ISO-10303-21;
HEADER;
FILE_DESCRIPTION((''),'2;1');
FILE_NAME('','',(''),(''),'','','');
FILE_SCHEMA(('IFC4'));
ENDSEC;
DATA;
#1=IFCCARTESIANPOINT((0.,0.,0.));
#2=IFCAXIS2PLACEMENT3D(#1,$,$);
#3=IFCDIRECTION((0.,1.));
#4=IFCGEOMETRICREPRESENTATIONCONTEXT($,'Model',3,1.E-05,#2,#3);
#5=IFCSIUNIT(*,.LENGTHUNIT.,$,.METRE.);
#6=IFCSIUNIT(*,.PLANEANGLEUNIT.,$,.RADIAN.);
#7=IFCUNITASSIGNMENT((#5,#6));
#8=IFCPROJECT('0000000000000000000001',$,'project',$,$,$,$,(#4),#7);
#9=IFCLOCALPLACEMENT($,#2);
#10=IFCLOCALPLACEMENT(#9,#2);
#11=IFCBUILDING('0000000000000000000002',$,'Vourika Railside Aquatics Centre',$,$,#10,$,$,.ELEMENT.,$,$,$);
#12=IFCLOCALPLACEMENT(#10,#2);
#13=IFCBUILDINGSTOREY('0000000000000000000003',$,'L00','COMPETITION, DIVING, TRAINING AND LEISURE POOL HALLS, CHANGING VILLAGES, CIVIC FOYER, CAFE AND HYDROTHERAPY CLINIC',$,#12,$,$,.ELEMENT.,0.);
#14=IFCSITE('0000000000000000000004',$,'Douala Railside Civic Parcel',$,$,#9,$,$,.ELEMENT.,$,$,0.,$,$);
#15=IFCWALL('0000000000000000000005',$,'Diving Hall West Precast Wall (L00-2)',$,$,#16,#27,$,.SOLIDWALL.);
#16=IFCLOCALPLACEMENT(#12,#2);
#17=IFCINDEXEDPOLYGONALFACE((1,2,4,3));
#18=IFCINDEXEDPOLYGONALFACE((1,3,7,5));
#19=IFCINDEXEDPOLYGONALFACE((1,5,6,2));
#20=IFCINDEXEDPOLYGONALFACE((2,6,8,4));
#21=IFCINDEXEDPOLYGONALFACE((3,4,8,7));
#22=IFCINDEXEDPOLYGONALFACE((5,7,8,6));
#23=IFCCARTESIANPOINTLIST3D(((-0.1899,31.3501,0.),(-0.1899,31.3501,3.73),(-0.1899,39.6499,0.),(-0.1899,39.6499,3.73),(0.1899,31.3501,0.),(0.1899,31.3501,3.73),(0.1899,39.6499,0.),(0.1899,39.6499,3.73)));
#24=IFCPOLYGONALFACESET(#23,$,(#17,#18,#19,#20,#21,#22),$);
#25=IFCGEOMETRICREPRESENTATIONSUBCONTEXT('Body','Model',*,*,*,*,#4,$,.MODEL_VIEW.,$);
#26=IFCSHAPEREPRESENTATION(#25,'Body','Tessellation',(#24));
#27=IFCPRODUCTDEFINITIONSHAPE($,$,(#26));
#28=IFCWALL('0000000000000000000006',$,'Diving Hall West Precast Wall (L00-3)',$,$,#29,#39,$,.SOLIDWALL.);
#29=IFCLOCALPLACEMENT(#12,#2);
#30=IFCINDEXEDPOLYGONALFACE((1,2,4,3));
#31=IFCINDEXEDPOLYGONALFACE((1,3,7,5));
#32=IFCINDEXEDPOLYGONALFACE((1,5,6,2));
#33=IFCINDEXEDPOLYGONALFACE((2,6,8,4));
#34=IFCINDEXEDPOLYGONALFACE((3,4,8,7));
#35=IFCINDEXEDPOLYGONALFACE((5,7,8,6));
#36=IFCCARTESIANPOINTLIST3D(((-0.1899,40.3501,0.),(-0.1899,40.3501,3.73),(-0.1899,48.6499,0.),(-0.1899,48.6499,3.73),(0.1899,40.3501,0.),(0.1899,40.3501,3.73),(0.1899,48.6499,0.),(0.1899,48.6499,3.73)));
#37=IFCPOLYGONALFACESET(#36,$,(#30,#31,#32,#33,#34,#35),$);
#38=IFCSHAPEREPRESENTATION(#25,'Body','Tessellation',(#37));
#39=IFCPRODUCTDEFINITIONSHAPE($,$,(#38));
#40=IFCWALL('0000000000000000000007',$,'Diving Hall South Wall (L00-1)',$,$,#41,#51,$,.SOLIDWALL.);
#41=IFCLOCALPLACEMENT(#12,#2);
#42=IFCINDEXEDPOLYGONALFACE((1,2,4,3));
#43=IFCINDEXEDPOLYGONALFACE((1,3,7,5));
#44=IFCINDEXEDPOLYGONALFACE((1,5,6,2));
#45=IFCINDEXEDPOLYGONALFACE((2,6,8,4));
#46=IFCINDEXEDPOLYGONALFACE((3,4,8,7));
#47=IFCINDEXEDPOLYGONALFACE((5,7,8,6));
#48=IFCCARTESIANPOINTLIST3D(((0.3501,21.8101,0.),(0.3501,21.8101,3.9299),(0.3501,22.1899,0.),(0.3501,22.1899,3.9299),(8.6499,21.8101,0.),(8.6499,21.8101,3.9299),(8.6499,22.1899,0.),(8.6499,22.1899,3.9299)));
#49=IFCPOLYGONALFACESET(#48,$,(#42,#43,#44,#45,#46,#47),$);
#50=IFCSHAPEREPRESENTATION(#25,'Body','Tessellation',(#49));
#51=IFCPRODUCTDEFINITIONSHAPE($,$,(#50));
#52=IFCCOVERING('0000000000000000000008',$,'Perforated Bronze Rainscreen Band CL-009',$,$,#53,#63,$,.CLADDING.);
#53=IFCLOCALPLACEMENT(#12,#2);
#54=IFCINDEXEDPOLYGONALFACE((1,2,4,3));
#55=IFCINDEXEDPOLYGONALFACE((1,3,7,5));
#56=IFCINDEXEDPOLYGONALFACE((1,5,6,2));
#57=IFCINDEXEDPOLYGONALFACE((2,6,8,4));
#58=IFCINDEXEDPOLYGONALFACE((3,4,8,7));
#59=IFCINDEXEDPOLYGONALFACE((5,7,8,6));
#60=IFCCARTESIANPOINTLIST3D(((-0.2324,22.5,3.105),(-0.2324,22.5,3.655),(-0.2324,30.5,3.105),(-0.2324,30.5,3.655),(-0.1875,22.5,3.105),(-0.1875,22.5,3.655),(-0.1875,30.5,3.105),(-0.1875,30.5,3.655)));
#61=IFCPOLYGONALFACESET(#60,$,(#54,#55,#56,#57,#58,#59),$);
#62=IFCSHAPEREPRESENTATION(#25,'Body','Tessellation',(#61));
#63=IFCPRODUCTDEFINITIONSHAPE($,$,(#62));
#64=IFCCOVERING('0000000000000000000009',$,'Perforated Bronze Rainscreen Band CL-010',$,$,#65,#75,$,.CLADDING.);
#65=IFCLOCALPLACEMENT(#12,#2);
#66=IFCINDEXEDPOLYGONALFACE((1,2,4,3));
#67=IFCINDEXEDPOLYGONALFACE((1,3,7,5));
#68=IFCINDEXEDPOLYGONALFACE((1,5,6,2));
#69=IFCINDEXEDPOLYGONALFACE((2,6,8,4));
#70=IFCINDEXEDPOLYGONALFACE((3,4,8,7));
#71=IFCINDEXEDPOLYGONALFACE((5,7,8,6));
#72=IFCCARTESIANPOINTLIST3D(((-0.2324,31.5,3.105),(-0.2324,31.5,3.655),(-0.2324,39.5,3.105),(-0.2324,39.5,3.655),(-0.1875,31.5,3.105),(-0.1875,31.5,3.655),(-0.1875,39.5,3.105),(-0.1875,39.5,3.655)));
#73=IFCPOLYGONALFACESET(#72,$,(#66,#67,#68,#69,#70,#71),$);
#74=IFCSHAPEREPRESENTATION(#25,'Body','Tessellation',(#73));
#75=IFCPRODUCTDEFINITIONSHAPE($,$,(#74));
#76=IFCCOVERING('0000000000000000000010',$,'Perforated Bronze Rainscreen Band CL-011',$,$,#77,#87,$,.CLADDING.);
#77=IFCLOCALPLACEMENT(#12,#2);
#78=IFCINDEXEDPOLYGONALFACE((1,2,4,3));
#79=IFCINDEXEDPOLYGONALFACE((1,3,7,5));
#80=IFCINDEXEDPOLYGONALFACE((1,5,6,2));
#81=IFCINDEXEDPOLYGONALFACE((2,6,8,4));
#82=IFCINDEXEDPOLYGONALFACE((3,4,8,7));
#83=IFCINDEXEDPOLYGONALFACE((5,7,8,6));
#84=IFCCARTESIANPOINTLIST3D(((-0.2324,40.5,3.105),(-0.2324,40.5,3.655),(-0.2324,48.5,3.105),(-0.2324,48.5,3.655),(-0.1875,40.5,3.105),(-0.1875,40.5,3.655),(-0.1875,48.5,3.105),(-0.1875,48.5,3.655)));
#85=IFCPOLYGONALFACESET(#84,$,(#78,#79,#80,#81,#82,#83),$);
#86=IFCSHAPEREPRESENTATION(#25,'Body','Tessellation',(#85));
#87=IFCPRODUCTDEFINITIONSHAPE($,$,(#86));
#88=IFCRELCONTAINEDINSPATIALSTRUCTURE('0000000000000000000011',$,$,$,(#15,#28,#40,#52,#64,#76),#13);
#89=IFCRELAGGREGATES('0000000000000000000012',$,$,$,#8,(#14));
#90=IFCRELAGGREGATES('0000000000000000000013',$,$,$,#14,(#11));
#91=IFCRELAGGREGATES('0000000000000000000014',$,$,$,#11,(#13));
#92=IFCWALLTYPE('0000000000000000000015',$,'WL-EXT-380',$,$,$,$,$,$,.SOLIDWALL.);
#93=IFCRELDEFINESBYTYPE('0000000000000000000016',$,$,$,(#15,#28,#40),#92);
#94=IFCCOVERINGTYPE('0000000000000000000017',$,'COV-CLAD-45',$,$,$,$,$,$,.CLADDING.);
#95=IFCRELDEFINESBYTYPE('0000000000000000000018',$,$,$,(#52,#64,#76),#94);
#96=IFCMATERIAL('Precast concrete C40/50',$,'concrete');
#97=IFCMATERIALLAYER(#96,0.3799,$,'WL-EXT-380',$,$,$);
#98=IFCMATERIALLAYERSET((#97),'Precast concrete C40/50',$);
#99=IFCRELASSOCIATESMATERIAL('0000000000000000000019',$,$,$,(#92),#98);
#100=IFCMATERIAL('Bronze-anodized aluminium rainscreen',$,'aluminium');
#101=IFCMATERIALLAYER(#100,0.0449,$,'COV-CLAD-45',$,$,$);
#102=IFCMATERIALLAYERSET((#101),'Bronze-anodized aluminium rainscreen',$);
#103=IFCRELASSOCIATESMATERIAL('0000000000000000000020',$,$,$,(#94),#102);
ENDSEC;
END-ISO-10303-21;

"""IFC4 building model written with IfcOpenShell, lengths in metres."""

from ifc_helpers import new_model, si_unit, direction, frame, frame_2d, origin, origin_2d, place, context, subcontext, project, spatial, rectangle, extrude, material, layer, layer_set, type_object, element, save


model = new_model("IFC4")

# Units and contexts
model_context = context("Model", 3, precision=1e-05, world=origin(), true_north=direction((0.0, 1.0)))
body_context = subcontext(model_context, "Body", "Model", "MODEL_VIEW")
ifc_project = project(units=[si_unit("LENGTHUNIT", "METRE"), si_unit("PLANEANGLEUNIT", "RADIAN")], contexts=[model_context])

# Site, building, storey
site_placement = place(None, origin())
site = spatial("IfcSite", under=ifc_project, at=site_placement, Name="Douala Railside Civic Parcel", CompositionType="ELEMENT", RefElevation=0.0)
building_placement = place(site_placement, origin())
building = spatial("IfcBuilding", under=site, at=building_placement, Name="Vourika Railside Aquatics Centre", CompositionType="ELEMENT")
storey_placement = place(building_placement, origin())
storey = spatial("IfcBuildingStorey", under=building, at=storey_placement, Name="L00", Description="COMPETITION, DIVING, TRAINING AND LEISURE POOL HALLS, CHANGING VILLAGES, CIVIC FOYER, CAFE AND HYDROTHERAPY CLINIC", CompositionType="ELEMENT", Elevation=0.0)

# Walls
ifc_material_1 = material(Name="Precast concrete C40/50", Category="concrete")
ifc_layer_1 = layer(ifc_material_1, 0.3799, Name="WL-EXT-380")
ifc_layer_set_1 = layer_set([ifc_layer_1], Name="Precast concrete C40/50")
wall_type_1 = type_object("IfcWallType", Name="WL-EXT-380", PredefinedType="SOLIDWALL", material=ifc_layer_set_1)
for number, where, z_axis, x_axis, name in (
    (1, (0.0, 39.6499, 0.0), (0.0, 0.0, 1.0), (0.0, -1.0, 0.0), "Diving Hall West Precast Wall (L00-2)"),
    (2, (0.0, 48.6499, 0.0), (0.0, 0.0, 1.0), (0.0, -1.0, 0.0), "Diving Hall West Precast Wall (L00-3)"),
):
    element("IfcWall", number, at=place(storey_placement, frame(where, z_axis=z_axis, x_axis=x_axis)), inside=storey, type_object=wall_type_1, Name=name, PredefinedType="SOLIDWALL", context=body_context, shape_type="SweptSolid", body=[
        extrude(rectangle(XDim=8.2998, YDim=0.3799, at=frame_2d((4.1499, 0.0))), origin(), (0.0, 0.0, 1.0), 3.73),
    ])
wall_placement = place(storey_placement, frame((0.3501, 22.0, 0.0), z_axis=(0.0, 0.0, 1.0), x_axis=(1.0, 0.0, 0.0)))
element("IfcWall", 3, at=wall_placement, inside=storey, type_object=wall_type_1, Name="Diving Hall South Wall (L00-1)", PredefinedType="SOLIDWALL", context=body_context, shape_type="SweptSolid", body=[
    extrude(rectangle(XDim=8.2998, YDim=0.3799, at=frame_2d((4.1499, 0.0))), origin(), (0.0, 0.0, 1.0), 3.9299),
])

# Coverings
ifc_material_2 = material(Name="Bronze-anodized aluminium rainscreen", Category="aluminium")
ifc_layer_2 = layer(ifc_material_2, 0.0449, Name="COV-CLAD-45")
ifc_layer_set_2 = layer_set([ifc_layer_2], Name="Bronze-anodized aluminium rainscreen")
covering_type = type_object("IfcCoveringType", Name="COV-CLAD-45", PredefinedType="CLADDING", material=ifc_layer_set_2)
for number, where, z_axis, x_axis, name in (
    (4, (-0.21, 26.5, 3.105), (0.0, 0.0, 1.0), (0.0, -1.0, 0.0), "Perforated Bronze Rainscreen Band CL-009"),
    (5, (-0.21, 35.5, 3.105), (0.0, 0.0, 1.0), (0.0, -1.0, 0.0), "Perforated Bronze Rainscreen Band CL-010"),
    (6, (-0.21, 44.5, 3.105), (0.0, 0.0, 1.0), (0.0, -1.0, 0.0), "Perforated Bronze Rainscreen Band CL-011"),
):
    element("IfcCovering", number, at=place(storey_placement, frame(where, z_axis=z_axis, x_axis=x_axis)), inside=storey, type_object=covering_type, Name=name, PredefinedType="CLADDING", context=body_context, shape_type="SweptSolid", body=[
        extrude(rectangle(XDim=8.0, YDim=0.0449, at=origin_2d()), origin(), (0.0, 0.0, 1.0), 0.55),
    ])

save(model, "model.ifc")
